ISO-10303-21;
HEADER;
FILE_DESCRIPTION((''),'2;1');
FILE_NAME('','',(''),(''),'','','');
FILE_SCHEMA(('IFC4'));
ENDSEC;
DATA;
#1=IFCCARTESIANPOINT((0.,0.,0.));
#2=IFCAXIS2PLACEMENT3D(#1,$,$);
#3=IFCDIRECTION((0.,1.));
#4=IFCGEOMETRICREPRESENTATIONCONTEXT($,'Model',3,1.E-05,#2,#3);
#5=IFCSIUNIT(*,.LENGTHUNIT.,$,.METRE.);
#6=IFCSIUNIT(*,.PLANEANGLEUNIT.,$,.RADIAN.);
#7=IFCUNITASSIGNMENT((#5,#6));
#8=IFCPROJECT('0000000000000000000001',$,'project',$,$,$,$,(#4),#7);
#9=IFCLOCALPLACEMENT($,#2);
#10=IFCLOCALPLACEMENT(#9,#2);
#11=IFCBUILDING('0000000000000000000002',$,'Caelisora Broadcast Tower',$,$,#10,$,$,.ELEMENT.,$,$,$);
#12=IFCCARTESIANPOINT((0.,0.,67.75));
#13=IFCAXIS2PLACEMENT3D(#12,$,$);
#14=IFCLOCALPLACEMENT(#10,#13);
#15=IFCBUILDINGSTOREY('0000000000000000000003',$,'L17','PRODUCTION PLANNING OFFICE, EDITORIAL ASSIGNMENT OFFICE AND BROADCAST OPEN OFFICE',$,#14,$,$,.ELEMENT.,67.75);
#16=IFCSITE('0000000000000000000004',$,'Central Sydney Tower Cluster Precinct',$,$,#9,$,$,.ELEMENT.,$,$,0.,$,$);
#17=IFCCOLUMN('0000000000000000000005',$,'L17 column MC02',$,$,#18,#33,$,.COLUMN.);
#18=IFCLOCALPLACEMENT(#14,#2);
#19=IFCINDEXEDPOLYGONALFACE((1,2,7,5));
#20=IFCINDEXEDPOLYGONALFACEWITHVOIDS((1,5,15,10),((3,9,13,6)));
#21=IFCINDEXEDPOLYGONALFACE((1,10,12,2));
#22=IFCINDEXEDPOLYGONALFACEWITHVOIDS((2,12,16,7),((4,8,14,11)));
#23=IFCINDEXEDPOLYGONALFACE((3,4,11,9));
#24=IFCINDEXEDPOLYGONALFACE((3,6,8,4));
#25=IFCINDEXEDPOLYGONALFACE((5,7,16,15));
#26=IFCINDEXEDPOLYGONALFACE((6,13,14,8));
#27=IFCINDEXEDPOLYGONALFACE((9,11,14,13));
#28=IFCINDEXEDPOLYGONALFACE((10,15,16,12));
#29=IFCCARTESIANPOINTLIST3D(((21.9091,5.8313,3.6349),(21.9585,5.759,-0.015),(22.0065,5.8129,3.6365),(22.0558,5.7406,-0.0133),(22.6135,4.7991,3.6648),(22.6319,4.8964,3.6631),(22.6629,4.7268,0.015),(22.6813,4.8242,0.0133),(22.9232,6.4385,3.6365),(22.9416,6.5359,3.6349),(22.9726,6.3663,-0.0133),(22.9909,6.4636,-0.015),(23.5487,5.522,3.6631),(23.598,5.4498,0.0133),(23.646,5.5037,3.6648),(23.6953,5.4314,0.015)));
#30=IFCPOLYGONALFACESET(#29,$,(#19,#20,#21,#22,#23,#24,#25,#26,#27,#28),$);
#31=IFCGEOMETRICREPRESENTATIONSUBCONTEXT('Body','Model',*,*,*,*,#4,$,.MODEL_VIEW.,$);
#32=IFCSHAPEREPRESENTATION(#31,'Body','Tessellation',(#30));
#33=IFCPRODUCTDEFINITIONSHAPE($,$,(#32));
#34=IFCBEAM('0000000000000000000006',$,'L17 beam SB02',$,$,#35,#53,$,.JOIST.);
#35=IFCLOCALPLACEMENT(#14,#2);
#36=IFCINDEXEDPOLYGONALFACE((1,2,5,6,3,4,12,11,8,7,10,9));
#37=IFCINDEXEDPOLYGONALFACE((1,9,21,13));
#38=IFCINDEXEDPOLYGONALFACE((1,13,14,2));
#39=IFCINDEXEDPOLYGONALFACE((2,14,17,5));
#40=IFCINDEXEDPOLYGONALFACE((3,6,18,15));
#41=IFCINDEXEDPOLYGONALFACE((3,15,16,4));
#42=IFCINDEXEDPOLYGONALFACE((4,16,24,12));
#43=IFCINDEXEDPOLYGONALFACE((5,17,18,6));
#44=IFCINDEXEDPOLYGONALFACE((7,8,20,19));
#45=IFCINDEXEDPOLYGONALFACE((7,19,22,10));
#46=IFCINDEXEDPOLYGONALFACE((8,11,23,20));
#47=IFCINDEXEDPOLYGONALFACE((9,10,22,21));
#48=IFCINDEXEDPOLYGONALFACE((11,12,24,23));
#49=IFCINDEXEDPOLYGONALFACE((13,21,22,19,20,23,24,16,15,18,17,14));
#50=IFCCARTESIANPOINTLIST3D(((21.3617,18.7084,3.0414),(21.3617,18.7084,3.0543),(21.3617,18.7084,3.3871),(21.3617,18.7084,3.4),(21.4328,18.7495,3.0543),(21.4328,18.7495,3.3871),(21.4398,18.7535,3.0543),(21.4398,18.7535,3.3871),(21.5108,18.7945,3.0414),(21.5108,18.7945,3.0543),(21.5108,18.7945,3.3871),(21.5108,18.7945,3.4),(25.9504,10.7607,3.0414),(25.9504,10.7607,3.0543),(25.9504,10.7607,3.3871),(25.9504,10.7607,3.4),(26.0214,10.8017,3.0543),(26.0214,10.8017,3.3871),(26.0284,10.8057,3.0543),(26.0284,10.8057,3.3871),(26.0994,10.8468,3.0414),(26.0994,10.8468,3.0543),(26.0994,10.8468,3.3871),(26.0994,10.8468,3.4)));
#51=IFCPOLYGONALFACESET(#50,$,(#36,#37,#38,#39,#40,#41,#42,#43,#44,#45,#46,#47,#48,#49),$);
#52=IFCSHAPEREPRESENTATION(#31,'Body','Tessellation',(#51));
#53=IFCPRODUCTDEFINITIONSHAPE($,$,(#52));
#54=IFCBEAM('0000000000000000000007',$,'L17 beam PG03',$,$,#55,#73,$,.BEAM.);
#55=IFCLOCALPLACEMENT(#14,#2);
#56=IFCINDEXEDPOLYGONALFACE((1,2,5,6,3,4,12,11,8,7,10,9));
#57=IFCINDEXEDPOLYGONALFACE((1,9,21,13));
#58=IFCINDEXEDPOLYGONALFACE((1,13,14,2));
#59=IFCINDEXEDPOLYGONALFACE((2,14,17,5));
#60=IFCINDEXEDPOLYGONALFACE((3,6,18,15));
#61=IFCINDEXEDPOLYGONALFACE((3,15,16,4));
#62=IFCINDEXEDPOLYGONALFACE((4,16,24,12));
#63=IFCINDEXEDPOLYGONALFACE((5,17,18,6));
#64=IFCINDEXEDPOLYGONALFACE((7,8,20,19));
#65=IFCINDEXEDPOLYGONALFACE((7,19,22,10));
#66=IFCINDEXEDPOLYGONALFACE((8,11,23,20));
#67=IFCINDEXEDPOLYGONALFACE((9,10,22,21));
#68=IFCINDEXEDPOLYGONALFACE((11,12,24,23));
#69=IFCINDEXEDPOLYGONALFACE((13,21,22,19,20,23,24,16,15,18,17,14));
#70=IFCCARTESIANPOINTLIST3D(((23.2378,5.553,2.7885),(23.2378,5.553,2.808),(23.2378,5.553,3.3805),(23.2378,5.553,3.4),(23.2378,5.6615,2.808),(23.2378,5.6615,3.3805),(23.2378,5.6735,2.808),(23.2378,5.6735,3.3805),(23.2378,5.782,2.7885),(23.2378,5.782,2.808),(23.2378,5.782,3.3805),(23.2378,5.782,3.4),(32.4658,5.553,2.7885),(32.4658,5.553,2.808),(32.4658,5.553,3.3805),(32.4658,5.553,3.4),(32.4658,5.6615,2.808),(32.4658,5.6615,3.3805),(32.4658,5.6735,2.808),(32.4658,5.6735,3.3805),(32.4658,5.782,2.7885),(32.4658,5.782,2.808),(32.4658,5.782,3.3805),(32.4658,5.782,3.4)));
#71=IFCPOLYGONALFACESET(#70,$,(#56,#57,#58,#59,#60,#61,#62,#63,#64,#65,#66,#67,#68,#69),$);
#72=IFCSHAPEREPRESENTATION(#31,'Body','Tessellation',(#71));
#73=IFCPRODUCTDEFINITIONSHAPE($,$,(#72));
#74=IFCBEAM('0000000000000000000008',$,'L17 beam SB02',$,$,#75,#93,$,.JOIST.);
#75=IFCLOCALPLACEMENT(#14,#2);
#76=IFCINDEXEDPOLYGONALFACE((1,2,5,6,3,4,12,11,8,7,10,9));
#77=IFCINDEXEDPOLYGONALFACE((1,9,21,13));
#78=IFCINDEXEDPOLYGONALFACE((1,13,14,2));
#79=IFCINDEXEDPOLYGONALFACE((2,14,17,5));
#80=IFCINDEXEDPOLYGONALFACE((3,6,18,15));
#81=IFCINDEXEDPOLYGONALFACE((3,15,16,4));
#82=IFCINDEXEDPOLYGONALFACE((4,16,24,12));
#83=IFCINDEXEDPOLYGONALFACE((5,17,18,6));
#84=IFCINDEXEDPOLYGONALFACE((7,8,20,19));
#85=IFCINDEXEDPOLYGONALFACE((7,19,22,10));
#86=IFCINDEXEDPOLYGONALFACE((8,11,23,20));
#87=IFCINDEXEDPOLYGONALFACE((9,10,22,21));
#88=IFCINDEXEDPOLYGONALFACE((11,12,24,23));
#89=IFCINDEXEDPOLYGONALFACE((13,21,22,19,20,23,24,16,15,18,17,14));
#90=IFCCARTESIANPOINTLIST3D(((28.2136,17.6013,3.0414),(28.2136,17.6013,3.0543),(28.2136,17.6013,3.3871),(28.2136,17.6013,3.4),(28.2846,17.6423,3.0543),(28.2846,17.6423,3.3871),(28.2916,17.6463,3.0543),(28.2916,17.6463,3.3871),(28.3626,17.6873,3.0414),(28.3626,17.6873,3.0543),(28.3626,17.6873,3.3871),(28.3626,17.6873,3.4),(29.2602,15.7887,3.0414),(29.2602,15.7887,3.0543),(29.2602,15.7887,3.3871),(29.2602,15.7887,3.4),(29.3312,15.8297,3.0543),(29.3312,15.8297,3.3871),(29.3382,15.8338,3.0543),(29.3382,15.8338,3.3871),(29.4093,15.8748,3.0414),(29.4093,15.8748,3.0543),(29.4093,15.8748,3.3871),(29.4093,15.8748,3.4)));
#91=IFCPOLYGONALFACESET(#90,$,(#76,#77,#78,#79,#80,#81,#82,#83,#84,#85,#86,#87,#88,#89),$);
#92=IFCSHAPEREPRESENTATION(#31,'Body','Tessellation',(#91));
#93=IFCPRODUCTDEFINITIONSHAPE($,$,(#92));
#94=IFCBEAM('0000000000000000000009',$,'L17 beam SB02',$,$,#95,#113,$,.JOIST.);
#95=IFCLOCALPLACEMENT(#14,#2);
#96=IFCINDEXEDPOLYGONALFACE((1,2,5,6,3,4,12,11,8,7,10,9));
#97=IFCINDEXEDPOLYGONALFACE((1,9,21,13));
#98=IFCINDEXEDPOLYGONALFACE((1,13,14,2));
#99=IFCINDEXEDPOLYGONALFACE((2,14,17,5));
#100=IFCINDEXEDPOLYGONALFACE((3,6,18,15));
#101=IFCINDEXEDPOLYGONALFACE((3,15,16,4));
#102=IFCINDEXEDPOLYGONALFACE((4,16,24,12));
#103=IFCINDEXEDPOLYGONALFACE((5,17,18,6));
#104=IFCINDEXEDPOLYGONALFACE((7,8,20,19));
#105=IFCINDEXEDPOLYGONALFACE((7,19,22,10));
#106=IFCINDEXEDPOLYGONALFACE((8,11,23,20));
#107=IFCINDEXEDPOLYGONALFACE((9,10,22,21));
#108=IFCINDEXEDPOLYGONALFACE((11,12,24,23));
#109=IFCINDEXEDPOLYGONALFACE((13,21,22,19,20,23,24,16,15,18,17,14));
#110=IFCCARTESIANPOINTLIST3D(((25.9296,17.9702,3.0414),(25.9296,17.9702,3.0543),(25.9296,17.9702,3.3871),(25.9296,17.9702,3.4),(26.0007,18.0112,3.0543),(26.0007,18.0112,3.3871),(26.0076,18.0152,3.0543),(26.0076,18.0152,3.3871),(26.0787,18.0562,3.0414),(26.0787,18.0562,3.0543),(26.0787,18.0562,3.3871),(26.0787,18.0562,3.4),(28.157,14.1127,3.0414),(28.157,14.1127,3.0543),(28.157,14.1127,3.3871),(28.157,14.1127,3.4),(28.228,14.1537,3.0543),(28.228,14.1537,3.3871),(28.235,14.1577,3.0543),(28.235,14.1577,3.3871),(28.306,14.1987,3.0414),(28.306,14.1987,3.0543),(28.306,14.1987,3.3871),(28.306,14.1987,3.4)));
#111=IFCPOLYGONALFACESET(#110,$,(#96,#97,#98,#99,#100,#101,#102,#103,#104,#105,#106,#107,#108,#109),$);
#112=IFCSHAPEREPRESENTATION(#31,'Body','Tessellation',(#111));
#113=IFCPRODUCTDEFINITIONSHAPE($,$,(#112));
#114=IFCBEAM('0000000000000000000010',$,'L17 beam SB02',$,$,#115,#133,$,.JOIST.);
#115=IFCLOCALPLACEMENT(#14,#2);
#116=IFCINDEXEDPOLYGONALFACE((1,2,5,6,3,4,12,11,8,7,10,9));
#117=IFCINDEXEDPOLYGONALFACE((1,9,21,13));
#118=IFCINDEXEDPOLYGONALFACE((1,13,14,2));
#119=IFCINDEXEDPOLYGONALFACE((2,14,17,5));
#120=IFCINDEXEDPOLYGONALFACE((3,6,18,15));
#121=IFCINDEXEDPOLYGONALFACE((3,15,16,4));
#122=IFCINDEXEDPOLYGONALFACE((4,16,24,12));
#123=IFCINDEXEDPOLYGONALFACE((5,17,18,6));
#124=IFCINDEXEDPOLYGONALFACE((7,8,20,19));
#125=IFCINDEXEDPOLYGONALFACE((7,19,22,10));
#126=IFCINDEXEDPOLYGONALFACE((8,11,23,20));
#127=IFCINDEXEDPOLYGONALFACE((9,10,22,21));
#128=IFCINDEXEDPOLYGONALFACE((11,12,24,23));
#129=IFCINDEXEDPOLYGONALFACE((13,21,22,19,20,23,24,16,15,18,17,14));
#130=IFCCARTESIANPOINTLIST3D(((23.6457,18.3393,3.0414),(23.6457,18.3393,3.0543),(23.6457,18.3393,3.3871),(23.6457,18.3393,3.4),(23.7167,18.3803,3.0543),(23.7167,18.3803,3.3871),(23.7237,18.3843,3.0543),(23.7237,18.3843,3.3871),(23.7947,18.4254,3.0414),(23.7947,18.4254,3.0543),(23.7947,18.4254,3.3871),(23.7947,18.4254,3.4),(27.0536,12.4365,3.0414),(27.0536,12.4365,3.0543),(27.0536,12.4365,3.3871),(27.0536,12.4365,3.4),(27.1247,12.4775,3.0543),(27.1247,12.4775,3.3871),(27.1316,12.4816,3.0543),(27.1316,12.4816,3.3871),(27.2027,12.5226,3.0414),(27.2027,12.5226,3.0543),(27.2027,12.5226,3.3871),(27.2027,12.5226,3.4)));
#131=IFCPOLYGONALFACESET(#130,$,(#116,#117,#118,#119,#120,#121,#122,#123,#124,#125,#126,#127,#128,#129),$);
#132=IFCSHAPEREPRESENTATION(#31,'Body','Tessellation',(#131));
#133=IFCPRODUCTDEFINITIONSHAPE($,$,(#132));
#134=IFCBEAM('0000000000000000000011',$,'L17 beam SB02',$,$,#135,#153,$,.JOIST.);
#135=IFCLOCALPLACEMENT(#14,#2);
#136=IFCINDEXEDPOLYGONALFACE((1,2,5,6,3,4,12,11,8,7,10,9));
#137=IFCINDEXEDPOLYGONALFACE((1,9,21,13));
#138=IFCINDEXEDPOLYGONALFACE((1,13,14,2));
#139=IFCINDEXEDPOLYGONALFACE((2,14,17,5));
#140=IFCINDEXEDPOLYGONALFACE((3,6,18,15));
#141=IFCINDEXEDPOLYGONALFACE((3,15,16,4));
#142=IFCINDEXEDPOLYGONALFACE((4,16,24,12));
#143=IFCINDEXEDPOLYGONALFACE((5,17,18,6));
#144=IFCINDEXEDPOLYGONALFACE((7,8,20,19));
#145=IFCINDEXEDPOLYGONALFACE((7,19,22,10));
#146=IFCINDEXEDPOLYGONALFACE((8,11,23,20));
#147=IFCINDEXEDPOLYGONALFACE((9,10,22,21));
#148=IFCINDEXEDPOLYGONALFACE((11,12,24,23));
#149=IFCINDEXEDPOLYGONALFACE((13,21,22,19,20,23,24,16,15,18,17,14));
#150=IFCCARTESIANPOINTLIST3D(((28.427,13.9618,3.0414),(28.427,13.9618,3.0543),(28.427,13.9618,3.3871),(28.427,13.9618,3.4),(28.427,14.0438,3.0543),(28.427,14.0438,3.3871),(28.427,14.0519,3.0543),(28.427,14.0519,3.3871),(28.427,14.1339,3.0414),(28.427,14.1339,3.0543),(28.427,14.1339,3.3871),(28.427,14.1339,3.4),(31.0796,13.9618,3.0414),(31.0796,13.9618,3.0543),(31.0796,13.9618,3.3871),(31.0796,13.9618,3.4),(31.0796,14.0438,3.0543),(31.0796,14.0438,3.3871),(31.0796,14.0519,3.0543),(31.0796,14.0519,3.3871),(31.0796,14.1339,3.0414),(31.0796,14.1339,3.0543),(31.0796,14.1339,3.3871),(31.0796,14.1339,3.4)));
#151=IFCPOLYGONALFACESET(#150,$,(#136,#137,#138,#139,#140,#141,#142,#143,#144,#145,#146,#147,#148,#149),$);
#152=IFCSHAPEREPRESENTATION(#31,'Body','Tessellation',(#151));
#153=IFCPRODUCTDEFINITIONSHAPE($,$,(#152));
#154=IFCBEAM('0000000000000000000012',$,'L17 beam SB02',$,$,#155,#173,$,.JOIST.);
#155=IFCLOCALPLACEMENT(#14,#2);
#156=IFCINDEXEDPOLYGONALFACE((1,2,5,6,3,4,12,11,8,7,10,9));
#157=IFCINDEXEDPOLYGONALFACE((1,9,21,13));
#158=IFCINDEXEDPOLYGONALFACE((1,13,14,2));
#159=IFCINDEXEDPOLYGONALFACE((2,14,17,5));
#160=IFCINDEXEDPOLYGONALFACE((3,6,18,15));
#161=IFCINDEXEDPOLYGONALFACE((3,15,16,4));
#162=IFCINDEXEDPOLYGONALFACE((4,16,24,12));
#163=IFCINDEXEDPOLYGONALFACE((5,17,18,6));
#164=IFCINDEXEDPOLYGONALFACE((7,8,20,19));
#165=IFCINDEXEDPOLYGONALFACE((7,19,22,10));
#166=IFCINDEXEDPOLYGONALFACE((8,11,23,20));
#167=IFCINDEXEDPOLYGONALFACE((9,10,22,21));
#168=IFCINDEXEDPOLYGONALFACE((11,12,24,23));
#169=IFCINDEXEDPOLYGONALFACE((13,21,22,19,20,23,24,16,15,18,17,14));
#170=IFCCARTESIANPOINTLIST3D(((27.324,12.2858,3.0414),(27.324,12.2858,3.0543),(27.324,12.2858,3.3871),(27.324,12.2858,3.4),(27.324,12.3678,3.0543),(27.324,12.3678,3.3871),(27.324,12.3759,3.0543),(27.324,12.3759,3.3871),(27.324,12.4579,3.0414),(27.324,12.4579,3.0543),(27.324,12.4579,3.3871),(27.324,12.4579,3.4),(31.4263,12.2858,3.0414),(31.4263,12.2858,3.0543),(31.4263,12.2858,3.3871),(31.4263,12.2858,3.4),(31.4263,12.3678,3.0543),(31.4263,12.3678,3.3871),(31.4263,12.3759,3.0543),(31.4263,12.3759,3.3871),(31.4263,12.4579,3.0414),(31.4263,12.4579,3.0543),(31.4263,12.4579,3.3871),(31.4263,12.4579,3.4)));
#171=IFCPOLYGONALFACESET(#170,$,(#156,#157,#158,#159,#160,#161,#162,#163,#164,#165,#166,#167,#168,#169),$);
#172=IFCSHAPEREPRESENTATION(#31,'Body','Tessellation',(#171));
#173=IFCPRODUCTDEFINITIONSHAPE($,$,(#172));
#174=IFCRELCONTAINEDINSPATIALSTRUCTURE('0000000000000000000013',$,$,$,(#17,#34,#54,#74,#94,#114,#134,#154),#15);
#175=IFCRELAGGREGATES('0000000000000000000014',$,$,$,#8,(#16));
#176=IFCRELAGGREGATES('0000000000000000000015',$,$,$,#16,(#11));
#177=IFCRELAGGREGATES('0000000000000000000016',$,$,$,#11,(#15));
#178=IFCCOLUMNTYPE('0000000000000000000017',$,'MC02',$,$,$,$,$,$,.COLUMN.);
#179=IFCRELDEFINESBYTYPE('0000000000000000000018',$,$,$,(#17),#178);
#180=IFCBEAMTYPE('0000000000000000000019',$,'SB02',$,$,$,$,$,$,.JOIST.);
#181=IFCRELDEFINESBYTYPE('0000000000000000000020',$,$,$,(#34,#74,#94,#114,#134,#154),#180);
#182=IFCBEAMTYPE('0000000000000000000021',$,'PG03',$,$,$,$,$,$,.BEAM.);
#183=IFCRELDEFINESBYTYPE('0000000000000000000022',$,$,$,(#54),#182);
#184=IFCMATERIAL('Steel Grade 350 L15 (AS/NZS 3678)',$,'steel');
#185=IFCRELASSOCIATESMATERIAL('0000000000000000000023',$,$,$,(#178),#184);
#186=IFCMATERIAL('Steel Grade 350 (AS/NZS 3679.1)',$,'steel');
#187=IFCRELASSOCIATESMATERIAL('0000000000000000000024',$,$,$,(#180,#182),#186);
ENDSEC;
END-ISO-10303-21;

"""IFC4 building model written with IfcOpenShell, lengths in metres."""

from ifc_helpers import new_model, si_unit, direction, frame, origin, origin_2d, place, context, subcontext, project, spatial, hollow_rectangle, i_section, extrude, source, transform, mapped, material, material_profile, profile_set, type_object, type_shapes, element, save


model = new_model("IFC4")

# Units and contexts
model_context = context("Model", 3, precision=1e-05, world=origin(), true_north=direction((0.0, 1.0)))
body_context = subcontext(model_context, "Body", "Model", "MODEL_VIEW")
ifc_project = project(units=[si_unit("LENGTHUNIT", "METRE"), si_unit("PLANEANGLEUNIT", "RADIAN")], contexts=[model_context])

# Site, building, storey
site_placement = place(None, origin())
site = spatial("IfcSite", under=ifc_project, at=site_placement, Name="Central Sydney Tower Cluster Precinct", CompositionType="ELEMENT", RefElevation=0.0)
building_placement = place(site_placement, origin())
building = spatial("IfcBuilding", under=site, at=building_placement, Name="Caelisora Broadcast Tower", CompositionType="ELEMENT")
storey_placement = place(building_placement, frame((0.0, 0.0, 67.75)))
storey = spatial("IfcBuildingStorey", under=building, at=storey_placement, Name="L17", Description="PRODUCTION PLANNING OFFICE, EDITORIAL ASSIGNMENT OFFICE AND BROADCAST OPEN OFFICE", CompositionType="ELEMENT", Elevation=67.75)

# Column
ifc_material_1 = material(Name="Steel Grade 350 L15 (AS/NZS 3678)", Category="steel")
ifc_material_profile_1 = material_profile(ifc_material_1, hollow_rectangle(XDim=1.25, YDim=1.25, WallThickness=0.0701, at=origin_2d()), Name="Steel Grade 350 L15 (AS/NZS 3678)")
ifc_profile_set_1 = profile_set([ifc_material_profile_1], Name="Steel Grade 350 L15 (AS/NZS 3678)")
column_type = type_object("IfcColumnType", Name="MC02", PredefinedType="COLUMN", material=ifc_profile_set_1)
shared_shape_1 = source(origin(), body_context, "Body", "SweptSolid", [
    extrude(hollow_rectangle(XDim=1.25, YDim=1.25, WallThickness=0.0701, at=origin_2d()), origin(), (0.0, 0.0, 1.0), 3.6509),
])
type_shapes(column_type, [shared_shape_1])
column_placement = place(storey_placement, frame((22.8269, 5.5952, 0.0), z_axis=(-0.013508, 0.019794, 0.999713), x_axis=(-0.825991, -0.563683, 0.0)))
element("IfcColumn", 1, at=column_placement, inside=storey, type_object=column_type, Name="L17 column MC02", PredefinedType="COLUMN", context=body_context, shape_type="MappedRepresentation", body=[
    mapped(shared_shape_1, transform((0.0, 0.0, 0.0), scale=1.0)),
])

# Beams
ifc_material_2 = material(Name="Steel Grade 350 (AS/NZS 3679.1)", Category="steel")
ifc_material_profile_2 = material_profile(ifc_material_2, i_section(OverallWidth=0.1721, OverallDepth=0.3586, WebThickness=0.0081, FlangeThickness=0.0129, at=origin_2d()), Name="Steel Grade 350 (AS/NZS 3679.1)")
ifc_profile_set_2 = profile_set([ifc_material_profile_2], Name="Steel Grade 350 (AS/NZS 3679.1)")
beam_type_1 = type_object("IfcBeamType", Name="SB02", PredefinedType="JOIST", material=ifc_profile_set_2)
shared_shape_2 = source(origin(), body_context, "Body", "SweptSolid", [
    extrude(i_section(OverallWidth=0.1721, OverallDepth=0.3586, WebThickness=0.0081, FlangeThickness=0.0129, at=origin_2d()), origin(), (0.0, 0.0, 1.0), 9.1772),
])
beam_1_placement = place(storey_placement, frame((21.4363, 18.7515, 3.2207), z_axis=(0.499999, -0.866026, 0.0), x_axis=(0.866026, 0.499999, 0.0)))
element("IfcBeam", 2, at=beam_1_placement, inside=storey, type_object=beam_type_1, Name="L17 beam SB02", PredefinedType="JOIST", context=body_context, shape_type="MappedRepresentation", body=[
    mapped(shared_shape_2, transform((0.0, 0.0, 0.0), scale=1.0)),
])
ifc_material_profile_3 = material_profile(ifc_material_2, i_section(OverallWidth=0.229, OverallDepth=0.6116, WebThickness=0.012, FlangeThickness=0.0195, at=origin_2d()), Name="Steel Grade 350 (AS/NZS 3679.1)")
ifc_profile_set_3 = profile_set([ifc_material_profile_3], Name="Steel Grade 350 (AS/NZS 3679.1)")
beam_type_2 = type_object("IfcBeamType", Name="PG03", PredefinedType="BEAM", material=ifc_profile_set_3)
shared_shape_3 = source(origin(), body_context, "Body", "SweptSolid", [
    extrude(i_section(OverallWidth=0.229, OverallDepth=0.6116, WebThickness=0.012, FlangeThickness=0.0195, at=origin_2d()), origin(), (0.0, 0.0, 1.0), 9.228),
])
type_shapes(beam_type_2, [shared_shape_3])
beam_2_placement = place(storey_placement, frame((23.2378, 5.6675, 3.0942), z_axis=(1.0, 0.0, 0.0), x_axis=(0.0, 1.0, 0.0)))
element("IfcBeam", 3, at=beam_2_placement, inside=storey, type_object=beam_type_2, Name="L17 beam PG03", PredefinedType="BEAM", context=body_context, shape_type="MappedRepresentation", body=[
    mapped(shared_shape_3, transform((0.0, 0.0, 0.0), scale=1.0)),
])
shared_shape_4 = source(origin(), body_context, "Body", "SweptSolid", [
    extrude(i_section(OverallWidth=0.1721, OverallDepth=0.3586, WebThickness=0.0081, FlangeThickness=0.0129, at=origin_2d()), origin(), (0.0, 0.0, 1.0), 2.093),
])
beam_3_placement = place(storey_placement, frame((28.2881, 17.6443, 3.2207), z_axis=(0.500066, -0.865987, 0.0), x_axis=(0.865987, 0.500066, 0.0)))
element("IfcBeam", 4, at=beam_3_placement, inside=storey, type_object=beam_type_1, Name="L17 beam SB02", PredefinedType="JOIST", context=body_context, shape_type="MappedRepresentation", body=[
    mapped(shared_shape_4, transform((0.0, 0.0, 0.0), scale=1.0)),
])
shared_shape_5 = source(origin(), body_context, "Body", "SweptSolid", [
    extrude(i_section(OverallWidth=0.1721, OverallDepth=0.3586, WebThickness=0.0081, FlangeThickness=0.0129, at=origin_2d()), origin(), (0.0, 0.0, 1.0), 4.4543),
])
beam_4_placement = place(storey_placement, frame((26.0042, 18.0132, 3.2207), z_axis=(0.500036, -0.866005, 0.0), x_axis=(0.866005, 0.500036, 0.0)))
element("IfcBeam", 5, at=beam_4_placement, inside=storey, type_object=beam_type_1, Name="L17 beam SB02", PredefinedType="JOIST", context=body_context, shape_type="MappedRepresentation", body=[
    mapped(shared_shape_5, transform((0.0, 0.0, 0.0), scale=1.0)),
])
shared_shape_6 = source(origin(), body_context, "Body", "SweptSolid", [
    extrude(i_section(OverallWidth=0.1721, OverallDepth=0.3586, WebThickness=0.0081, FlangeThickness=0.0129, at=origin_2d()), origin(), (0.0, 0.0, 1.0), 6.8159),
])
beam_5_placement = place(storey_placement, frame((23.7202, 18.3823, 3.2207), z_axis=(0.499995, -0.866028, 0.0), x_axis=(0.866028, 0.499995, 0.0)))
element("IfcBeam", 6, at=beam_5_placement, inside=storey, type_object=beam_type_1, Name="L17 beam SB02", PredefinedType="JOIST", context=body_context, shape_type="MappedRepresentation", body=[
    mapped(shared_shape_6, transform((0.0, 0.0, 0.0), scale=1.0)),
])
shared_shape_7 = source(origin(), body_context, "Body", "SweptSolid", [
    extrude(i_section(OverallWidth=0.1721, OverallDepth=0.3586, WebThickness=0.0081, FlangeThickness=0.0129, at=origin_2d()), origin(), (0.0, 0.0, 1.0), 2.6526),
])
beam_6_placement = place(storey_placement, frame((28.427, 14.0479, 3.2207), z_axis=(1.0, 0.0, 0.0), x_axis=(0.0, 1.0, 0.0)))
element("IfcBeam", 7, at=beam_6_placement, inside=storey, type_object=beam_type_1, Name="L17 beam SB02", PredefinedType="JOIST", context=body_context, shape_type="MappedRepresentation", body=[
    mapped(shared_shape_7, transform((0.0, 0.0, 0.0), scale=1.0)),
])
shared_shape_8 = source(origin(), body_context, "Body", "SweptSolid", [
    extrude(i_section(OverallWidth=0.1721, OverallDepth=0.3586, WebThickness=0.0081, FlangeThickness=0.0129, at=origin_2d()), origin(), (0.0, 0.0, 1.0), 4.1023),
])
beam_7_placement = place(storey_placement, frame((27.324, 12.3718, 3.2207), z_axis=(1.0, 0.0, 0.0), x_axis=(0.0, 1.0, 0.0)))
element("IfcBeam", 8, at=beam_7_placement, inside=storey, type_object=beam_type_1, Name="L17 beam SB02", PredefinedType="JOIST", context=body_context, shape_type="MappedRepresentation", body=[
    mapped(shared_shape_8, transform((0.0, 0.0, 0.0), scale=1.0)),
])

save(model, "model.ifc")
